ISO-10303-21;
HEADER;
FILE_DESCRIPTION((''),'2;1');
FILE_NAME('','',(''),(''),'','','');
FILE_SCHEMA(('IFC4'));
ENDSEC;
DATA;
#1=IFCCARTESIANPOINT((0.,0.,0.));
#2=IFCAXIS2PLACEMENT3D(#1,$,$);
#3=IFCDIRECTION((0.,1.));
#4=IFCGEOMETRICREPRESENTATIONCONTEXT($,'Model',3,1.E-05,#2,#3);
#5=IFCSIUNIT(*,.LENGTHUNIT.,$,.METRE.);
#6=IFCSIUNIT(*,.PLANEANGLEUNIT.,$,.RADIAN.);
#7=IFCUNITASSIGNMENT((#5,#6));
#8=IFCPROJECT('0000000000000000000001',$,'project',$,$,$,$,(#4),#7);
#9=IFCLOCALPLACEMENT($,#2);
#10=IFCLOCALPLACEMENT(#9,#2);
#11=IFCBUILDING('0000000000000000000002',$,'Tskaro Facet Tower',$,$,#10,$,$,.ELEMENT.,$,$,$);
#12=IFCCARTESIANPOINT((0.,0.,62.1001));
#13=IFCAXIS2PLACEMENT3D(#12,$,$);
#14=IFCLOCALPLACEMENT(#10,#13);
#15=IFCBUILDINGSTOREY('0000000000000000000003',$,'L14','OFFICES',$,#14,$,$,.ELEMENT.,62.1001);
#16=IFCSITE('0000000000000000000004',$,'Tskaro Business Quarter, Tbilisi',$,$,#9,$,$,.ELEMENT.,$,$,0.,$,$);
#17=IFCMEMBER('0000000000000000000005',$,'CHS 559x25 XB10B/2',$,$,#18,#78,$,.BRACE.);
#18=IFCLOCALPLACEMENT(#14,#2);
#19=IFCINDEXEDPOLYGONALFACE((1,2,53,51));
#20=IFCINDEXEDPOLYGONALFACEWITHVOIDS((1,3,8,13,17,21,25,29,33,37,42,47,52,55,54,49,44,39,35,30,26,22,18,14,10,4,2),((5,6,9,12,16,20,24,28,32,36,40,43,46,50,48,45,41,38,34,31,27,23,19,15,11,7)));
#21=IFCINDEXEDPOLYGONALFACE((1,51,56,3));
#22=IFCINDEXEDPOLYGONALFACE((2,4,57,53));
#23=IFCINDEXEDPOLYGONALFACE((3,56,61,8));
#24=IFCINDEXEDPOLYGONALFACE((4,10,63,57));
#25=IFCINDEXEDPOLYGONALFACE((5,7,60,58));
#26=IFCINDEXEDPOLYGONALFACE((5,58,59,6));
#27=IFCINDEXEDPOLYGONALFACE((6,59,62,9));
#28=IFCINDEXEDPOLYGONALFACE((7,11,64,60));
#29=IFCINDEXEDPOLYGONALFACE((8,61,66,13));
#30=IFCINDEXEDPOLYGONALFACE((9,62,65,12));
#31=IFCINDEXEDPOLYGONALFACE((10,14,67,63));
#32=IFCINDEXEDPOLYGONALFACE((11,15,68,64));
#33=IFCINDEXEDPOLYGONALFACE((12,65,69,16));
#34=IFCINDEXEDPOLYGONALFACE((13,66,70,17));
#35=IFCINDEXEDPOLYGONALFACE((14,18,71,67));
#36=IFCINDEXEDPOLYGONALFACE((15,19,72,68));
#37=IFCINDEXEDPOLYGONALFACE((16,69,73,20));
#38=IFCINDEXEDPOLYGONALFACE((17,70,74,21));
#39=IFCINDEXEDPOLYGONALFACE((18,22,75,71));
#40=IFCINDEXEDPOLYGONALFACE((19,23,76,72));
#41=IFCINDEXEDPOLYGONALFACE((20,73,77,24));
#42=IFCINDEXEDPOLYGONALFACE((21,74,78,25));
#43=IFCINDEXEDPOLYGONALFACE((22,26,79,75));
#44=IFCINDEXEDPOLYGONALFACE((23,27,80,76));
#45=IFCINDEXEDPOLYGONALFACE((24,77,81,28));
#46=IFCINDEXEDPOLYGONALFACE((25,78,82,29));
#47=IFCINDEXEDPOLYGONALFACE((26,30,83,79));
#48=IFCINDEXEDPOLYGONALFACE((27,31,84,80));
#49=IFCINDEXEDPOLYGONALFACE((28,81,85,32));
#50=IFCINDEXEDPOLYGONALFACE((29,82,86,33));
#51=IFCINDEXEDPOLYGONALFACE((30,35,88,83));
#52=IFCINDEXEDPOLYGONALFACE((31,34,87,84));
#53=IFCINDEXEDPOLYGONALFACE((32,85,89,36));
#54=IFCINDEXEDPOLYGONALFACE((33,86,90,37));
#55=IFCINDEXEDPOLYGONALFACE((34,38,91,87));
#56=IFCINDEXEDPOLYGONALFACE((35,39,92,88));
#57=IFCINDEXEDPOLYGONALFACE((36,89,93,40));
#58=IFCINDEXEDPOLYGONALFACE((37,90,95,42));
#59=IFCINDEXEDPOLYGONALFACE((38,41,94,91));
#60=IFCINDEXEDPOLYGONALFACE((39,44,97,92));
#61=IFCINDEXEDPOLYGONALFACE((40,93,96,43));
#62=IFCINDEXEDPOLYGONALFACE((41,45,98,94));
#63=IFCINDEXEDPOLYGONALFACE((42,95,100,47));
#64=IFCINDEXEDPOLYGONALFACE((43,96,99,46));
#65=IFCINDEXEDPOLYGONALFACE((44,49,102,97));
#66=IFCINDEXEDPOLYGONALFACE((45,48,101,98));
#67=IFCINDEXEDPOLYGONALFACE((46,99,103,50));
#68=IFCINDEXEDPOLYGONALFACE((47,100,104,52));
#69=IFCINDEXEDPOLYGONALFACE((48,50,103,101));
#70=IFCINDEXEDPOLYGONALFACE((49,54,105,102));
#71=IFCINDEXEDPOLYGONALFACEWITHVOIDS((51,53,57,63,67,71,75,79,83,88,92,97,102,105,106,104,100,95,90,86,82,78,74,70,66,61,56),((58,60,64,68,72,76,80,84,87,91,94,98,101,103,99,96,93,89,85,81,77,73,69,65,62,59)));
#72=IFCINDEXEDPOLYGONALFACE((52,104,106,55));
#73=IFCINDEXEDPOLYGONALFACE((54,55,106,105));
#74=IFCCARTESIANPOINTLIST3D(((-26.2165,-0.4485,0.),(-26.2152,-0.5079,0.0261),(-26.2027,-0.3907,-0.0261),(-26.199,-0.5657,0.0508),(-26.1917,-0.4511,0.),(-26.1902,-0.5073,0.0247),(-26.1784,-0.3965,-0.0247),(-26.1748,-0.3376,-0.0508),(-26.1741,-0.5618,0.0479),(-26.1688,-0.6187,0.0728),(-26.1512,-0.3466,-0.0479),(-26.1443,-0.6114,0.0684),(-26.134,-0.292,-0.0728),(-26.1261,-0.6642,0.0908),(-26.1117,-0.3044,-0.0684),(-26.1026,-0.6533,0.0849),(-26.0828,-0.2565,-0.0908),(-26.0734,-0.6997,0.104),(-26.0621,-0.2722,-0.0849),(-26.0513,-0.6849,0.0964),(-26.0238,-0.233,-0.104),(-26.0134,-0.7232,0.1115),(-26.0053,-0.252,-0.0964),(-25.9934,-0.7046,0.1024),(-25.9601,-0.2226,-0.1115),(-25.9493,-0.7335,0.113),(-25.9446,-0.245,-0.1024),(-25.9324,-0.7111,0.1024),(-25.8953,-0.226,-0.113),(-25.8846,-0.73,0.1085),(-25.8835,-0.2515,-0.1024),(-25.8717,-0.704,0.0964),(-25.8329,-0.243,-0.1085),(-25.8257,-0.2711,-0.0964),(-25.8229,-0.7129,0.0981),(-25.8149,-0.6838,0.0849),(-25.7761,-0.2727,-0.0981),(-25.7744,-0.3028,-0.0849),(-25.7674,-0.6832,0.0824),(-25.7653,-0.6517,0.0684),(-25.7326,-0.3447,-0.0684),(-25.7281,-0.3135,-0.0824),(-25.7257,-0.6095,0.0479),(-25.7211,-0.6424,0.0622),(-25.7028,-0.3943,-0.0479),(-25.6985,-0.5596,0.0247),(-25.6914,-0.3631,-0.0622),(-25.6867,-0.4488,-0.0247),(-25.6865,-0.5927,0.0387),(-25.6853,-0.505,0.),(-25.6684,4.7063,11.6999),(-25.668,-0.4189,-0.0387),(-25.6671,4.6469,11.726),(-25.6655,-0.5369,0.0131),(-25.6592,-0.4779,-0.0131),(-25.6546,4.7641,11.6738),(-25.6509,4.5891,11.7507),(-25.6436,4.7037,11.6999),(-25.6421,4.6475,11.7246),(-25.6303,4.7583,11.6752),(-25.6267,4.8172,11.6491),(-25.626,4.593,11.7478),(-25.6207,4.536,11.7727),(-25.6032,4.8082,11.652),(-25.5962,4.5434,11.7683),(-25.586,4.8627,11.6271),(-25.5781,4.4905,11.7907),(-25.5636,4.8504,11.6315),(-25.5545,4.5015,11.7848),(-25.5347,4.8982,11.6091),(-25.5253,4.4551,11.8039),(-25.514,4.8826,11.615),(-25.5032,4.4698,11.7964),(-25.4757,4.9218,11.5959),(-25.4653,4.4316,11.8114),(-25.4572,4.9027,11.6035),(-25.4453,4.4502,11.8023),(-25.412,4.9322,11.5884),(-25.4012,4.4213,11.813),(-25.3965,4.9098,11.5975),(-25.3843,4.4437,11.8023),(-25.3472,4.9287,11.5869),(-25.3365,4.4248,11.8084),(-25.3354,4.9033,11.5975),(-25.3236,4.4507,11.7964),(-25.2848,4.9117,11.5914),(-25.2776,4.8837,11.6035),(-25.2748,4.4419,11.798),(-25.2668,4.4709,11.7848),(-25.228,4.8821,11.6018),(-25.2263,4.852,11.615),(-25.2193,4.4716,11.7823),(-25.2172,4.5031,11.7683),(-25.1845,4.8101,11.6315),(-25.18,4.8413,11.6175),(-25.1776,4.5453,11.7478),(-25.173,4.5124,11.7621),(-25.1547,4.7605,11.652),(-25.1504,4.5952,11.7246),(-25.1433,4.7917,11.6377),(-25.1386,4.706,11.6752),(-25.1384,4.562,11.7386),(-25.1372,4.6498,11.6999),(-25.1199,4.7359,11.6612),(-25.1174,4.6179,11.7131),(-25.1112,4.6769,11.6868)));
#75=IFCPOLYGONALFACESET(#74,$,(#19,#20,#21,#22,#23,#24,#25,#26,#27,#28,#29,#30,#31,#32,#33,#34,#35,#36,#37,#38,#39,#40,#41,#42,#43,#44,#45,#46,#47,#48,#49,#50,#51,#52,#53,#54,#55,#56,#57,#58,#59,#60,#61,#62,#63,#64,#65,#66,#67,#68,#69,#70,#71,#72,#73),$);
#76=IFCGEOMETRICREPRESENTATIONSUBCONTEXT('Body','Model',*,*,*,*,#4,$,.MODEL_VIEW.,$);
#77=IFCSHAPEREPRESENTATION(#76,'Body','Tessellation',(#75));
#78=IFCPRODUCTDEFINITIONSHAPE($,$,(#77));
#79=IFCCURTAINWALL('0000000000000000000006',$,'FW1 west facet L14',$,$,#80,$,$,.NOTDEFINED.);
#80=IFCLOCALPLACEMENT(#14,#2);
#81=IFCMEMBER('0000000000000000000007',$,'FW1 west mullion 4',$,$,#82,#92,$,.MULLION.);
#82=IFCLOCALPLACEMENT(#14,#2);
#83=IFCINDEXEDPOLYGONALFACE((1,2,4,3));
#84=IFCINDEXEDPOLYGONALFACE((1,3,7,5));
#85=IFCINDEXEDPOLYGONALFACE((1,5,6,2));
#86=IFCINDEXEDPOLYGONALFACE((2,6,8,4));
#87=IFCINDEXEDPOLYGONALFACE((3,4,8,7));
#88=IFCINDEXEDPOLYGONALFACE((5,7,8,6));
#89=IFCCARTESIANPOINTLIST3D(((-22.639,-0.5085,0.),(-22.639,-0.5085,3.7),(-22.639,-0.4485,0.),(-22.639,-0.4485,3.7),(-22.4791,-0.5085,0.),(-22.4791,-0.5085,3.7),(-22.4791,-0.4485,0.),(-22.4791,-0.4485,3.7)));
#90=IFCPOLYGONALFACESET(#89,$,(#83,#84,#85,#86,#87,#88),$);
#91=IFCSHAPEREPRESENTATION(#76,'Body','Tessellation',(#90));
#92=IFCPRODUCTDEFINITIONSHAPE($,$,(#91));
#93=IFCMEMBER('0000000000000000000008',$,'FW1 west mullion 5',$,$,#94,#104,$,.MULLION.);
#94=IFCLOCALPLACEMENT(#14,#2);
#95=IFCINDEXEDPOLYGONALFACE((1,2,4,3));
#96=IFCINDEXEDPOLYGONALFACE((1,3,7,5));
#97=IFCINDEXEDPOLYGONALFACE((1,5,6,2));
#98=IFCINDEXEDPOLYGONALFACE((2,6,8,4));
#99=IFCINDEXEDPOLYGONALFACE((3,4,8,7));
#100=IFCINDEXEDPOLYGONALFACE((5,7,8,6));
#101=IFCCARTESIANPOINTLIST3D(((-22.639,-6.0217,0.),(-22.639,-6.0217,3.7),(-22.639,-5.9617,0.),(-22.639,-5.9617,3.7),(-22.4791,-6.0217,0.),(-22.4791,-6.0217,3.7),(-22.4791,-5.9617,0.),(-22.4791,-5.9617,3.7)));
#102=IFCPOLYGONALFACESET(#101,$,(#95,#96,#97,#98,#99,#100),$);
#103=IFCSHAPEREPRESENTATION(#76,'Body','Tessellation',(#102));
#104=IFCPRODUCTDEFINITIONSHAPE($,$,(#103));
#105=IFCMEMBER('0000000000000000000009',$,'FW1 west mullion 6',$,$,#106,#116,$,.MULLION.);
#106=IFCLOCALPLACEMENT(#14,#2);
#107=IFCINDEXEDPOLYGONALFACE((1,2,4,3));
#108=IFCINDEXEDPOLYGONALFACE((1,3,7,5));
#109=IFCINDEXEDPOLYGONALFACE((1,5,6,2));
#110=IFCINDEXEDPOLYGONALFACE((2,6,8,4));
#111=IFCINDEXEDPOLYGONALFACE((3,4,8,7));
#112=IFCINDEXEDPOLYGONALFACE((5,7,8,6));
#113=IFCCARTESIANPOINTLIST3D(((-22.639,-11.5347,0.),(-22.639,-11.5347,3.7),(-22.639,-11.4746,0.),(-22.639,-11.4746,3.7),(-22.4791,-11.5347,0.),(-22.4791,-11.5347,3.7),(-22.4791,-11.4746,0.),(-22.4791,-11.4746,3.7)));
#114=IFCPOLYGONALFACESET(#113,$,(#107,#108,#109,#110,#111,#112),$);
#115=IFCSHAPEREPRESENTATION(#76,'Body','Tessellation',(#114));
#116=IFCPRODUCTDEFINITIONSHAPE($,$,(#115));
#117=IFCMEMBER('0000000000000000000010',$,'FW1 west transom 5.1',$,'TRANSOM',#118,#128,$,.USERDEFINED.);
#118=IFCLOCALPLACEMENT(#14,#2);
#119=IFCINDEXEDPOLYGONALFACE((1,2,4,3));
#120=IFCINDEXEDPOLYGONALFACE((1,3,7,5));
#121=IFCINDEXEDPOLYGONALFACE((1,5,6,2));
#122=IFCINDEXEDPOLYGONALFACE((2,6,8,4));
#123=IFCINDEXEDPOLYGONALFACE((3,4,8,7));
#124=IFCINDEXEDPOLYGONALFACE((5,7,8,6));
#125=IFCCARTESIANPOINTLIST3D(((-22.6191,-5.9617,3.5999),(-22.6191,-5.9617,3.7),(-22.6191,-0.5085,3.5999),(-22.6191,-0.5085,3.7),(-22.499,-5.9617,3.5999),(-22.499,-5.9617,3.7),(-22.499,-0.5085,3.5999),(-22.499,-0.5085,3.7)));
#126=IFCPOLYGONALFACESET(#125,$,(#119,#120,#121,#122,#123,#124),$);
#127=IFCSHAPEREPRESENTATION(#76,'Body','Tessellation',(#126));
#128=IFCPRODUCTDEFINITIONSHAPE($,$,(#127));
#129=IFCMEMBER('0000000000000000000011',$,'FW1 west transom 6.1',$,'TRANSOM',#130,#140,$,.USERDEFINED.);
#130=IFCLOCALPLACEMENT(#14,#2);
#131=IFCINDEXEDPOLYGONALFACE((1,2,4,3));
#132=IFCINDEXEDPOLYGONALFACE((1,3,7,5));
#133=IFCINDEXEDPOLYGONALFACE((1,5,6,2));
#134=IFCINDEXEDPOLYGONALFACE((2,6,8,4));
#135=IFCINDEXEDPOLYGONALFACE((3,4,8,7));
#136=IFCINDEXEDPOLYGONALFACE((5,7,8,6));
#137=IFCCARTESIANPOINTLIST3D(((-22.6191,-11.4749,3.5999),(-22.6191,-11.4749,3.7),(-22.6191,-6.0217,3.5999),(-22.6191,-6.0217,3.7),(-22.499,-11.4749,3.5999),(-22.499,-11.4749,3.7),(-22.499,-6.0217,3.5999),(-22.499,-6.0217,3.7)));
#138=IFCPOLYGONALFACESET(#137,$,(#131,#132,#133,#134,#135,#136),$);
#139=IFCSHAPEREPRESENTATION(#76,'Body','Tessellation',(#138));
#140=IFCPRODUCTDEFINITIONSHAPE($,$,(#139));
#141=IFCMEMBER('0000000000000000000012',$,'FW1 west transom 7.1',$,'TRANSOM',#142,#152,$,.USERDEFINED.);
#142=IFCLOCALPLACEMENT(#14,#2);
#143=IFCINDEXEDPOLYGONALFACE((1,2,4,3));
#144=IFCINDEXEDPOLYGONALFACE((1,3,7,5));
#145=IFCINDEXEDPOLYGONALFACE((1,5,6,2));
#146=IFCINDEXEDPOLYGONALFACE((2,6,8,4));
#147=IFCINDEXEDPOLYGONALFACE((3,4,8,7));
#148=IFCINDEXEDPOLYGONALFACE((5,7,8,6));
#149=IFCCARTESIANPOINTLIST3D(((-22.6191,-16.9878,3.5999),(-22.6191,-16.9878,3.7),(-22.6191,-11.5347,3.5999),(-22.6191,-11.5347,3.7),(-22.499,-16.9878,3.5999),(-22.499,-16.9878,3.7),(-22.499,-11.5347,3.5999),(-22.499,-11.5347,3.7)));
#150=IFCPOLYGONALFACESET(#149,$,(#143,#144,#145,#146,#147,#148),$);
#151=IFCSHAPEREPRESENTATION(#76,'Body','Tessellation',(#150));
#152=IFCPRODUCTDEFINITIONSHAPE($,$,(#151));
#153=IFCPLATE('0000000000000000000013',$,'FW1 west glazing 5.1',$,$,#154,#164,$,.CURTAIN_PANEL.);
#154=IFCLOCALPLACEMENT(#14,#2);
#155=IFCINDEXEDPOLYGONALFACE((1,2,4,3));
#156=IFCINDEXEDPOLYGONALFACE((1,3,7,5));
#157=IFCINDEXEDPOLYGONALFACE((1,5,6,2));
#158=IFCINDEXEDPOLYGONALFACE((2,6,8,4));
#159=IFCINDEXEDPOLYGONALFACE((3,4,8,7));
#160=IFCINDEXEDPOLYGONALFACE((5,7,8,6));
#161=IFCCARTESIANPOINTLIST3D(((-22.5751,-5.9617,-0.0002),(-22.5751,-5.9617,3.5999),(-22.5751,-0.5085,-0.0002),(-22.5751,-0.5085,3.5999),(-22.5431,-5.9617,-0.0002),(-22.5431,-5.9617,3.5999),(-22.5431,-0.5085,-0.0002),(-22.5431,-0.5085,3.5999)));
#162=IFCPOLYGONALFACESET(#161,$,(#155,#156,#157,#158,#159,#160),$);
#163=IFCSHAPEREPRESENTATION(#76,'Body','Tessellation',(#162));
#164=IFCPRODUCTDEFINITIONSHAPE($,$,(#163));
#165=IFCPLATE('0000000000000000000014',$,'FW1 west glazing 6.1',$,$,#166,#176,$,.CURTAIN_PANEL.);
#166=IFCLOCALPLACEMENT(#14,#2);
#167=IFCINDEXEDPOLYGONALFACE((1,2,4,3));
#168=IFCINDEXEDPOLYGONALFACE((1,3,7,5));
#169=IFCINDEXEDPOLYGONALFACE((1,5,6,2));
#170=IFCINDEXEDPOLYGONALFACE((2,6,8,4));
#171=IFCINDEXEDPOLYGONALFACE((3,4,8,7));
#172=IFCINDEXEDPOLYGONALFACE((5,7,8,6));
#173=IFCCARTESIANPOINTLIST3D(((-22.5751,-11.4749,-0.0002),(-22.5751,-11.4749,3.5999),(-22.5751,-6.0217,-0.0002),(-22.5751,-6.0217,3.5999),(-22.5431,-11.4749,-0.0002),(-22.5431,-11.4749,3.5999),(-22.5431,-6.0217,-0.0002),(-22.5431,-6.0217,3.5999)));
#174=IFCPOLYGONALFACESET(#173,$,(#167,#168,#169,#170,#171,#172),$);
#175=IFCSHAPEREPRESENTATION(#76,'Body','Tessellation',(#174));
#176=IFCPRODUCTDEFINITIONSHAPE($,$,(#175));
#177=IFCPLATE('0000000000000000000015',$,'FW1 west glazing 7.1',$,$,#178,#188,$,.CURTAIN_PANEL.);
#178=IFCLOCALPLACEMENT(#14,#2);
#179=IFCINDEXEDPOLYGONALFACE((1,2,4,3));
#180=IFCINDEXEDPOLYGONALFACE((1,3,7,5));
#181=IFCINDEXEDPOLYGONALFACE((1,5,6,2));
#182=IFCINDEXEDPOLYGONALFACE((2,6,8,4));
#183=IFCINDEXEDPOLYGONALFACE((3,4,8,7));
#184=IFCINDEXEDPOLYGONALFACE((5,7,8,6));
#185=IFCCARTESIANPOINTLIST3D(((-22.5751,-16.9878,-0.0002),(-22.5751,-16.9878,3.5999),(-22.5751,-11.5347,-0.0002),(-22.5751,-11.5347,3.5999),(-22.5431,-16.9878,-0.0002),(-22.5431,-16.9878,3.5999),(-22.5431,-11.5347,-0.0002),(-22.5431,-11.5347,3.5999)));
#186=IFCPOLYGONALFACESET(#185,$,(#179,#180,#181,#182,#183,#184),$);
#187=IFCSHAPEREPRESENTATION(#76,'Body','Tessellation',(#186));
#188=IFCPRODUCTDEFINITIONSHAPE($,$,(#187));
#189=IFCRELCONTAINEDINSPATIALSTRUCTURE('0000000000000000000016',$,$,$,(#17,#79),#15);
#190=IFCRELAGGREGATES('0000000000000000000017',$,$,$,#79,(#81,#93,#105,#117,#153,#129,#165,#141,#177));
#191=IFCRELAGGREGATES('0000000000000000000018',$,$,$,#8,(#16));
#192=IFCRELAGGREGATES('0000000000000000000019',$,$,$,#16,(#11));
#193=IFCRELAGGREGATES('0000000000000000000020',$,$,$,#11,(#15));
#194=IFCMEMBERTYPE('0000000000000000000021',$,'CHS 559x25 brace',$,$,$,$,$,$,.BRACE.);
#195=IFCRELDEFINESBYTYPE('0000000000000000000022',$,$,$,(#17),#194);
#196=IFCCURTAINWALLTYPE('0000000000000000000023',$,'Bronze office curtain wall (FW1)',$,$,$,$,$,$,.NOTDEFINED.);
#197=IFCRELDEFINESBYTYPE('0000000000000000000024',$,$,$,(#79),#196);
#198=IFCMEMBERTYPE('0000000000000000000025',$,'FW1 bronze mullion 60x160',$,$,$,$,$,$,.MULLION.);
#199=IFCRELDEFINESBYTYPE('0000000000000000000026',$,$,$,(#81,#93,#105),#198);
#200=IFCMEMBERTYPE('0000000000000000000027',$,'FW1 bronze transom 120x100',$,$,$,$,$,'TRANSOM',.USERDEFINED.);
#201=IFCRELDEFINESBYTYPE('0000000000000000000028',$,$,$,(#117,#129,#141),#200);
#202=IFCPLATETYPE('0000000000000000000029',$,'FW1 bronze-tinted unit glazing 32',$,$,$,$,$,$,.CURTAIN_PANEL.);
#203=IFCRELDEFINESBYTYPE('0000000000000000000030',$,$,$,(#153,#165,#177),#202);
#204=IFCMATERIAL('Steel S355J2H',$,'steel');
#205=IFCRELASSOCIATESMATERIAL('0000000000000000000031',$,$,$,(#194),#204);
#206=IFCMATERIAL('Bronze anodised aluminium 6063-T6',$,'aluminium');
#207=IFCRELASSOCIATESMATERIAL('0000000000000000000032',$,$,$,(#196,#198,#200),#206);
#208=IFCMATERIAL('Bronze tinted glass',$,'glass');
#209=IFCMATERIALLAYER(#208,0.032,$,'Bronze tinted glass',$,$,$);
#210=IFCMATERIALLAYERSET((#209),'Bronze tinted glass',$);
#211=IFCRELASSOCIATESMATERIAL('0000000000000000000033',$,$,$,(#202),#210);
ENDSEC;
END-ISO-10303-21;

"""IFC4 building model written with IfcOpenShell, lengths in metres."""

from ifc_helpers import new_model, si_unit, direction, frame, origin, origin_2d, place, context, subcontext, project, spatial, rectangle, hollow_circle, extrude, material, layer, layer_set, material_profile, profile_set, type_object, element, aggregate, save


model = new_model("IFC4")

# Units and contexts
model_context = context("Model", 3, precision=1e-05, world=origin(), true_north=direction((0.0, 1.0)))
body_context = subcontext(model_context, "Body", "Model", "MODEL_VIEW")
ifc_project = project(units=[si_unit("LENGTHUNIT", "METRE"), si_unit("PLANEANGLEUNIT", "RADIAN")], contexts=[model_context])

# Site, building, storey
site_placement = place(None, origin())
site = spatial("IfcSite", under=ifc_project, at=site_placement, Name="Tskaro Business Quarter, Tbilisi", CompositionType="ELEMENT", RefElevation=0.0)
building_placement = place(site_placement, origin())
building = spatial("IfcBuilding", under=site, at=building_placement, Name="Tskaro Facet Tower", CompositionType="ELEMENT")
storey_placement = place(building_placement, frame((0.0, 0.0, 62.1001)))
storey = spatial("IfcBuildingStorey", under=building, at=storey_placement, Name="L14", Description="OFFICES", CompositionType="ELEMENT", Elevation=62.1001)

# Shared definitions
ifc_material_1 = material(Name="Steel S355J2H", Category="steel")

# Member
ifc_material_profile_1 = material_profile(ifc_material_1, hollow_circle(Radius=0.2795, WallThickness=0.0249, at=origin_2d()), Name="CHS 559x25")
ifc_profile_set_1 = profile_set([ifc_material_profile_1], Name="Steel S355J2H")
member_type_1 = type_object("IfcMemberType", Name="CHS 559x25 brace", PredefinedType="BRACE", material=ifc_profile_set_1)
member_1_placement = place(storey_placement, frame((-25.9385, -0.478, 0.0), z_axis=(0.04283, 0.402815, 0.914279), x_axis=(-0.994395, 0.105732, 0.0)))
element("IfcMember", 1, at=member_1_placement, inside=storey, type_object=member_type_1, Name="CHS 559x25 XB10B/2", PredefinedType="BRACE", context=body_context, shape_type="SweptSolid", body=[
    extrude(hollow_circle(Radius=0.2795, WallThickness=0.0249, at=origin_2d()), origin(), (0.0, 0.0, 1.0), 12.7969),
])

# Curtain wall, members, plates
ifc_material_2 = material(Name="Bronze anodised aluminium 6063-T6", Category="aluminium")
curtain_wall_type = type_object("IfcCurtainWallType", Name="Bronze office curtain wall (FW1)", PredefinedType="NOTDEFINED", material=ifc_material_2)
curtain_wall_placement = place(storey_placement, origin())
curtain_wall = element("IfcCurtainWall", 2, at=curtain_wall_placement, inside=storey, type_object=curtain_wall_type, Name="FW1 west facet L14", PredefinedType="NOTDEFINED")
ifc_material_profile_2 = material_profile(ifc_material_2, rectangle(XDim=0.0601, YDim=0.1599, at=origin_2d()), Name="Mullion 60x160")
ifc_profile_set_2 = profile_set([ifc_material_profile_2], Name="Bronze anodised aluminium 6063-T6")
member_type_2 = type_object("IfcMemberType", Name="FW1 bronze mullion 60x160", PredefinedType="MULLION", material=ifc_profile_set_2)
member_2_placement = place(storey_placement, frame((-22.5591, -0.4785, 0.0), z_axis=(0.0, 0.0, 1.0), x_axis=(0.0, -1.0, 0.0)))
member_2 = element("IfcMember", 3, at=member_2_placement, type_object=member_type_2, Name="FW1 west mullion 4", PredefinedType="MULLION", context=body_context, shape_type="SweptSolid", body=[
    extrude(rectangle(XDim=0.0601, YDim=0.1599, at=origin_2d()), origin(), (0.0, 0.0, 1.0), 3.7),
])
member_3_placement = place(storey_placement, frame((-22.5591, -5.9917, 0.0), z_axis=(0.0, 0.0, 1.0), x_axis=(0.0, -1.0, 0.0)))
member_3 = element("IfcMember", 4, at=member_3_placement, type_object=member_type_2, Name="FW1 west mullion 5", PredefinedType="MULLION", context=body_context, shape_type="SweptSolid", body=[
    extrude(rectangle(XDim=0.0601, YDim=0.1599, at=origin_2d()), origin(), (0.0, 0.0, 1.0), 3.7),
])
member_4_placement = place(storey_placement, frame((-22.5591, -11.5046, 0.0), z_axis=(0.0, 0.0, 1.0), x_axis=(0.0, -1.0, 0.0)))
member_4 = element("IfcMember", 5, at=member_4_placement, type_object=member_type_2, Name="FW1 west mullion 6", PredefinedType="MULLION", context=body_context, shape_type="SweptSolid", body=[
    extrude(rectangle(XDim=0.0601, YDim=0.1599, at=origin_2d()), origin(), (0.0, 0.0, 1.0), 3.7),
])
ifc_material_profile_3 = material_profile(ifc_material_2, rectangle(XDim=0.1201, YDim=0.1001, at=origin_2d()), Name="Transom 120x100")
ifc_profile_set_3 = profile_set([ifc_material_profile_3], Name="Bronze anodised aluminium 6063-T6")
member_type_3 = type_object("IfcMemberType", Name="FW1 bronze transom 120x100", ElementType="TRANSOM", PredefinedType="USERDEFINED", material=ifc_profile_set_3)
member_5_placement = place(storey_placement, frame((-22.5591, -0.5085, 3.6499), z_axis=(0.0, -1.0, 0.0), x_axis=(1.0, 0.0, 0.0)))
member_5 = element("IfcMember", 6, at=member_5_placement, type_object=member_type_3, Name="FW1 west transom 5.1", ObjectType="TRANSOM", PredefinedType="USERDEFINED", context=body_context, shape_type="SweptSolid", body=[
    extrude(rectangle(XDim=0.1201, YDim=0.1001, at=origin_2d()), origin(), (0.0, 0.0, 1.0), 5.4531),
])
member_6_placement = place(storey_placement, frame((-22.5591, -6.0217, 3.6499), z_axis=(0.0, -1.0, 0.0), x_axis=(1.0, 0.0, 0.0)))
member_6 = element("IfcMember", 7, at=member_6_placement, type_object=member_type_3, Name="FW1 west transom 6.1", ObjectType="TRANSOM", PredefinedType="USERDEFINED", context=body_context, shape_type="SweptSolid", body=[
    extrude(rectangle(XDim=0.1201, YDim=0.1001, at=origin_2d()), origin(), (0.0, 0.0, 1.0), 5.4531),
])
member_7_placement = place(storey_placement, frame((-22.5591, -11.5347, 3.6499), z_axis=(0.0, -1.0, 0.0), x_axis=(1.0, 0.0, 0.0)))
member_7 = element("IfcMember", 8, at=member_7_placement, type_object=member_type_3, Name="FW1 west transom 7.1", ObjectType="TRANSOM", PredefinedType="USERDEFINED", context=body_context, shape_type="SweptSolid", body=[
    extrude(rectangle(XDim=0.1201, YDim=0.1001, at=origin_2d()), origin(), (0.0, 0.0, 1.0), 5.4531),
])
ifc_material_3 = material(Name="Bronze tinted glass", Category="glass")
ifc_layer_1 = layer(ifc_material_3, 0.032, Name="Bronze tinted glass")
ifc_layer_set_1 = layer_set([ifc_layer_1], Name="Bronze tinted glass")
plate_type = type_object("IfcPlateType", Name="FW1 bronze-tinted unit glazing 32", PredefinedType="CURTAIN_PANEL", material=ifc_layer_set_1)
plate_1_placement = place(storey_placement, frame((-22.5591, -3.2351, -0.0002), z_axis=(0.0, 0.0, 1.0), x_axis=(0.0, -1.0, 0.0)))
plate_1 = element("IfcPlate", 9, at=plate_1_placement, type_object=plate_type, Name="FW1 west glazing 5.1", PredefinedType="CURTAIN_PANEL", context=body_context, shape_type="SweptSolid", body=[
    extrude(rectangle(XDim=5.4531, YDim=0.032, at=origin_2d()), origin(), (0.0, 0.0, 1.0), 3.6001),
])
plate_2_placement = place(storey_placement, frame((-22.5591, -8.7483, -0.0002), z_axis=(0.0, 0.0, 1.0), x_axis=(0.0, -1.0, 0.0)))
plate_2 = element("IfcPlate", 10, at=plate_2_placement, type_object=plate_type, Name="FW1 west glazing 6.1", PredefinedType="CURTAIN_PANEL", context=body_context, shape_type="SweptSolid", body=[
    extrude(rectangle(XDim=5.4531, YDim=0.032, at=origin_2d()), origin(), (0.0, 0.0, 1.0), 3.6001),
])
plate_3_placement = place(storey_placement, frame((-22.5591, -14.2612, -0.0002), z_axis=(0.0, 0.0, 1.0), x_axis=(0.0, -1.0, 0.0)))
plate_3 = element("IfcPlate", 11, at=plate_3_placement, type_object=plate_type, Name="FW1 west glazing 7.1", PredefinedType="CURTAIN_PANEL", context=body_context, shape_type="SweptSolid", body=[
    extrude(rectangle(XDim=5.4531, YDim=0.032, at=origin_2d()), origin(), (0.0, 0.0, 1.0), 3.6001),
])
aggregate(curtain_wall, [member_2, member_3, member_4, member_5, plate_1, member_6, plate_2, member_7, plate_3])

save(model, "model.ifc")
